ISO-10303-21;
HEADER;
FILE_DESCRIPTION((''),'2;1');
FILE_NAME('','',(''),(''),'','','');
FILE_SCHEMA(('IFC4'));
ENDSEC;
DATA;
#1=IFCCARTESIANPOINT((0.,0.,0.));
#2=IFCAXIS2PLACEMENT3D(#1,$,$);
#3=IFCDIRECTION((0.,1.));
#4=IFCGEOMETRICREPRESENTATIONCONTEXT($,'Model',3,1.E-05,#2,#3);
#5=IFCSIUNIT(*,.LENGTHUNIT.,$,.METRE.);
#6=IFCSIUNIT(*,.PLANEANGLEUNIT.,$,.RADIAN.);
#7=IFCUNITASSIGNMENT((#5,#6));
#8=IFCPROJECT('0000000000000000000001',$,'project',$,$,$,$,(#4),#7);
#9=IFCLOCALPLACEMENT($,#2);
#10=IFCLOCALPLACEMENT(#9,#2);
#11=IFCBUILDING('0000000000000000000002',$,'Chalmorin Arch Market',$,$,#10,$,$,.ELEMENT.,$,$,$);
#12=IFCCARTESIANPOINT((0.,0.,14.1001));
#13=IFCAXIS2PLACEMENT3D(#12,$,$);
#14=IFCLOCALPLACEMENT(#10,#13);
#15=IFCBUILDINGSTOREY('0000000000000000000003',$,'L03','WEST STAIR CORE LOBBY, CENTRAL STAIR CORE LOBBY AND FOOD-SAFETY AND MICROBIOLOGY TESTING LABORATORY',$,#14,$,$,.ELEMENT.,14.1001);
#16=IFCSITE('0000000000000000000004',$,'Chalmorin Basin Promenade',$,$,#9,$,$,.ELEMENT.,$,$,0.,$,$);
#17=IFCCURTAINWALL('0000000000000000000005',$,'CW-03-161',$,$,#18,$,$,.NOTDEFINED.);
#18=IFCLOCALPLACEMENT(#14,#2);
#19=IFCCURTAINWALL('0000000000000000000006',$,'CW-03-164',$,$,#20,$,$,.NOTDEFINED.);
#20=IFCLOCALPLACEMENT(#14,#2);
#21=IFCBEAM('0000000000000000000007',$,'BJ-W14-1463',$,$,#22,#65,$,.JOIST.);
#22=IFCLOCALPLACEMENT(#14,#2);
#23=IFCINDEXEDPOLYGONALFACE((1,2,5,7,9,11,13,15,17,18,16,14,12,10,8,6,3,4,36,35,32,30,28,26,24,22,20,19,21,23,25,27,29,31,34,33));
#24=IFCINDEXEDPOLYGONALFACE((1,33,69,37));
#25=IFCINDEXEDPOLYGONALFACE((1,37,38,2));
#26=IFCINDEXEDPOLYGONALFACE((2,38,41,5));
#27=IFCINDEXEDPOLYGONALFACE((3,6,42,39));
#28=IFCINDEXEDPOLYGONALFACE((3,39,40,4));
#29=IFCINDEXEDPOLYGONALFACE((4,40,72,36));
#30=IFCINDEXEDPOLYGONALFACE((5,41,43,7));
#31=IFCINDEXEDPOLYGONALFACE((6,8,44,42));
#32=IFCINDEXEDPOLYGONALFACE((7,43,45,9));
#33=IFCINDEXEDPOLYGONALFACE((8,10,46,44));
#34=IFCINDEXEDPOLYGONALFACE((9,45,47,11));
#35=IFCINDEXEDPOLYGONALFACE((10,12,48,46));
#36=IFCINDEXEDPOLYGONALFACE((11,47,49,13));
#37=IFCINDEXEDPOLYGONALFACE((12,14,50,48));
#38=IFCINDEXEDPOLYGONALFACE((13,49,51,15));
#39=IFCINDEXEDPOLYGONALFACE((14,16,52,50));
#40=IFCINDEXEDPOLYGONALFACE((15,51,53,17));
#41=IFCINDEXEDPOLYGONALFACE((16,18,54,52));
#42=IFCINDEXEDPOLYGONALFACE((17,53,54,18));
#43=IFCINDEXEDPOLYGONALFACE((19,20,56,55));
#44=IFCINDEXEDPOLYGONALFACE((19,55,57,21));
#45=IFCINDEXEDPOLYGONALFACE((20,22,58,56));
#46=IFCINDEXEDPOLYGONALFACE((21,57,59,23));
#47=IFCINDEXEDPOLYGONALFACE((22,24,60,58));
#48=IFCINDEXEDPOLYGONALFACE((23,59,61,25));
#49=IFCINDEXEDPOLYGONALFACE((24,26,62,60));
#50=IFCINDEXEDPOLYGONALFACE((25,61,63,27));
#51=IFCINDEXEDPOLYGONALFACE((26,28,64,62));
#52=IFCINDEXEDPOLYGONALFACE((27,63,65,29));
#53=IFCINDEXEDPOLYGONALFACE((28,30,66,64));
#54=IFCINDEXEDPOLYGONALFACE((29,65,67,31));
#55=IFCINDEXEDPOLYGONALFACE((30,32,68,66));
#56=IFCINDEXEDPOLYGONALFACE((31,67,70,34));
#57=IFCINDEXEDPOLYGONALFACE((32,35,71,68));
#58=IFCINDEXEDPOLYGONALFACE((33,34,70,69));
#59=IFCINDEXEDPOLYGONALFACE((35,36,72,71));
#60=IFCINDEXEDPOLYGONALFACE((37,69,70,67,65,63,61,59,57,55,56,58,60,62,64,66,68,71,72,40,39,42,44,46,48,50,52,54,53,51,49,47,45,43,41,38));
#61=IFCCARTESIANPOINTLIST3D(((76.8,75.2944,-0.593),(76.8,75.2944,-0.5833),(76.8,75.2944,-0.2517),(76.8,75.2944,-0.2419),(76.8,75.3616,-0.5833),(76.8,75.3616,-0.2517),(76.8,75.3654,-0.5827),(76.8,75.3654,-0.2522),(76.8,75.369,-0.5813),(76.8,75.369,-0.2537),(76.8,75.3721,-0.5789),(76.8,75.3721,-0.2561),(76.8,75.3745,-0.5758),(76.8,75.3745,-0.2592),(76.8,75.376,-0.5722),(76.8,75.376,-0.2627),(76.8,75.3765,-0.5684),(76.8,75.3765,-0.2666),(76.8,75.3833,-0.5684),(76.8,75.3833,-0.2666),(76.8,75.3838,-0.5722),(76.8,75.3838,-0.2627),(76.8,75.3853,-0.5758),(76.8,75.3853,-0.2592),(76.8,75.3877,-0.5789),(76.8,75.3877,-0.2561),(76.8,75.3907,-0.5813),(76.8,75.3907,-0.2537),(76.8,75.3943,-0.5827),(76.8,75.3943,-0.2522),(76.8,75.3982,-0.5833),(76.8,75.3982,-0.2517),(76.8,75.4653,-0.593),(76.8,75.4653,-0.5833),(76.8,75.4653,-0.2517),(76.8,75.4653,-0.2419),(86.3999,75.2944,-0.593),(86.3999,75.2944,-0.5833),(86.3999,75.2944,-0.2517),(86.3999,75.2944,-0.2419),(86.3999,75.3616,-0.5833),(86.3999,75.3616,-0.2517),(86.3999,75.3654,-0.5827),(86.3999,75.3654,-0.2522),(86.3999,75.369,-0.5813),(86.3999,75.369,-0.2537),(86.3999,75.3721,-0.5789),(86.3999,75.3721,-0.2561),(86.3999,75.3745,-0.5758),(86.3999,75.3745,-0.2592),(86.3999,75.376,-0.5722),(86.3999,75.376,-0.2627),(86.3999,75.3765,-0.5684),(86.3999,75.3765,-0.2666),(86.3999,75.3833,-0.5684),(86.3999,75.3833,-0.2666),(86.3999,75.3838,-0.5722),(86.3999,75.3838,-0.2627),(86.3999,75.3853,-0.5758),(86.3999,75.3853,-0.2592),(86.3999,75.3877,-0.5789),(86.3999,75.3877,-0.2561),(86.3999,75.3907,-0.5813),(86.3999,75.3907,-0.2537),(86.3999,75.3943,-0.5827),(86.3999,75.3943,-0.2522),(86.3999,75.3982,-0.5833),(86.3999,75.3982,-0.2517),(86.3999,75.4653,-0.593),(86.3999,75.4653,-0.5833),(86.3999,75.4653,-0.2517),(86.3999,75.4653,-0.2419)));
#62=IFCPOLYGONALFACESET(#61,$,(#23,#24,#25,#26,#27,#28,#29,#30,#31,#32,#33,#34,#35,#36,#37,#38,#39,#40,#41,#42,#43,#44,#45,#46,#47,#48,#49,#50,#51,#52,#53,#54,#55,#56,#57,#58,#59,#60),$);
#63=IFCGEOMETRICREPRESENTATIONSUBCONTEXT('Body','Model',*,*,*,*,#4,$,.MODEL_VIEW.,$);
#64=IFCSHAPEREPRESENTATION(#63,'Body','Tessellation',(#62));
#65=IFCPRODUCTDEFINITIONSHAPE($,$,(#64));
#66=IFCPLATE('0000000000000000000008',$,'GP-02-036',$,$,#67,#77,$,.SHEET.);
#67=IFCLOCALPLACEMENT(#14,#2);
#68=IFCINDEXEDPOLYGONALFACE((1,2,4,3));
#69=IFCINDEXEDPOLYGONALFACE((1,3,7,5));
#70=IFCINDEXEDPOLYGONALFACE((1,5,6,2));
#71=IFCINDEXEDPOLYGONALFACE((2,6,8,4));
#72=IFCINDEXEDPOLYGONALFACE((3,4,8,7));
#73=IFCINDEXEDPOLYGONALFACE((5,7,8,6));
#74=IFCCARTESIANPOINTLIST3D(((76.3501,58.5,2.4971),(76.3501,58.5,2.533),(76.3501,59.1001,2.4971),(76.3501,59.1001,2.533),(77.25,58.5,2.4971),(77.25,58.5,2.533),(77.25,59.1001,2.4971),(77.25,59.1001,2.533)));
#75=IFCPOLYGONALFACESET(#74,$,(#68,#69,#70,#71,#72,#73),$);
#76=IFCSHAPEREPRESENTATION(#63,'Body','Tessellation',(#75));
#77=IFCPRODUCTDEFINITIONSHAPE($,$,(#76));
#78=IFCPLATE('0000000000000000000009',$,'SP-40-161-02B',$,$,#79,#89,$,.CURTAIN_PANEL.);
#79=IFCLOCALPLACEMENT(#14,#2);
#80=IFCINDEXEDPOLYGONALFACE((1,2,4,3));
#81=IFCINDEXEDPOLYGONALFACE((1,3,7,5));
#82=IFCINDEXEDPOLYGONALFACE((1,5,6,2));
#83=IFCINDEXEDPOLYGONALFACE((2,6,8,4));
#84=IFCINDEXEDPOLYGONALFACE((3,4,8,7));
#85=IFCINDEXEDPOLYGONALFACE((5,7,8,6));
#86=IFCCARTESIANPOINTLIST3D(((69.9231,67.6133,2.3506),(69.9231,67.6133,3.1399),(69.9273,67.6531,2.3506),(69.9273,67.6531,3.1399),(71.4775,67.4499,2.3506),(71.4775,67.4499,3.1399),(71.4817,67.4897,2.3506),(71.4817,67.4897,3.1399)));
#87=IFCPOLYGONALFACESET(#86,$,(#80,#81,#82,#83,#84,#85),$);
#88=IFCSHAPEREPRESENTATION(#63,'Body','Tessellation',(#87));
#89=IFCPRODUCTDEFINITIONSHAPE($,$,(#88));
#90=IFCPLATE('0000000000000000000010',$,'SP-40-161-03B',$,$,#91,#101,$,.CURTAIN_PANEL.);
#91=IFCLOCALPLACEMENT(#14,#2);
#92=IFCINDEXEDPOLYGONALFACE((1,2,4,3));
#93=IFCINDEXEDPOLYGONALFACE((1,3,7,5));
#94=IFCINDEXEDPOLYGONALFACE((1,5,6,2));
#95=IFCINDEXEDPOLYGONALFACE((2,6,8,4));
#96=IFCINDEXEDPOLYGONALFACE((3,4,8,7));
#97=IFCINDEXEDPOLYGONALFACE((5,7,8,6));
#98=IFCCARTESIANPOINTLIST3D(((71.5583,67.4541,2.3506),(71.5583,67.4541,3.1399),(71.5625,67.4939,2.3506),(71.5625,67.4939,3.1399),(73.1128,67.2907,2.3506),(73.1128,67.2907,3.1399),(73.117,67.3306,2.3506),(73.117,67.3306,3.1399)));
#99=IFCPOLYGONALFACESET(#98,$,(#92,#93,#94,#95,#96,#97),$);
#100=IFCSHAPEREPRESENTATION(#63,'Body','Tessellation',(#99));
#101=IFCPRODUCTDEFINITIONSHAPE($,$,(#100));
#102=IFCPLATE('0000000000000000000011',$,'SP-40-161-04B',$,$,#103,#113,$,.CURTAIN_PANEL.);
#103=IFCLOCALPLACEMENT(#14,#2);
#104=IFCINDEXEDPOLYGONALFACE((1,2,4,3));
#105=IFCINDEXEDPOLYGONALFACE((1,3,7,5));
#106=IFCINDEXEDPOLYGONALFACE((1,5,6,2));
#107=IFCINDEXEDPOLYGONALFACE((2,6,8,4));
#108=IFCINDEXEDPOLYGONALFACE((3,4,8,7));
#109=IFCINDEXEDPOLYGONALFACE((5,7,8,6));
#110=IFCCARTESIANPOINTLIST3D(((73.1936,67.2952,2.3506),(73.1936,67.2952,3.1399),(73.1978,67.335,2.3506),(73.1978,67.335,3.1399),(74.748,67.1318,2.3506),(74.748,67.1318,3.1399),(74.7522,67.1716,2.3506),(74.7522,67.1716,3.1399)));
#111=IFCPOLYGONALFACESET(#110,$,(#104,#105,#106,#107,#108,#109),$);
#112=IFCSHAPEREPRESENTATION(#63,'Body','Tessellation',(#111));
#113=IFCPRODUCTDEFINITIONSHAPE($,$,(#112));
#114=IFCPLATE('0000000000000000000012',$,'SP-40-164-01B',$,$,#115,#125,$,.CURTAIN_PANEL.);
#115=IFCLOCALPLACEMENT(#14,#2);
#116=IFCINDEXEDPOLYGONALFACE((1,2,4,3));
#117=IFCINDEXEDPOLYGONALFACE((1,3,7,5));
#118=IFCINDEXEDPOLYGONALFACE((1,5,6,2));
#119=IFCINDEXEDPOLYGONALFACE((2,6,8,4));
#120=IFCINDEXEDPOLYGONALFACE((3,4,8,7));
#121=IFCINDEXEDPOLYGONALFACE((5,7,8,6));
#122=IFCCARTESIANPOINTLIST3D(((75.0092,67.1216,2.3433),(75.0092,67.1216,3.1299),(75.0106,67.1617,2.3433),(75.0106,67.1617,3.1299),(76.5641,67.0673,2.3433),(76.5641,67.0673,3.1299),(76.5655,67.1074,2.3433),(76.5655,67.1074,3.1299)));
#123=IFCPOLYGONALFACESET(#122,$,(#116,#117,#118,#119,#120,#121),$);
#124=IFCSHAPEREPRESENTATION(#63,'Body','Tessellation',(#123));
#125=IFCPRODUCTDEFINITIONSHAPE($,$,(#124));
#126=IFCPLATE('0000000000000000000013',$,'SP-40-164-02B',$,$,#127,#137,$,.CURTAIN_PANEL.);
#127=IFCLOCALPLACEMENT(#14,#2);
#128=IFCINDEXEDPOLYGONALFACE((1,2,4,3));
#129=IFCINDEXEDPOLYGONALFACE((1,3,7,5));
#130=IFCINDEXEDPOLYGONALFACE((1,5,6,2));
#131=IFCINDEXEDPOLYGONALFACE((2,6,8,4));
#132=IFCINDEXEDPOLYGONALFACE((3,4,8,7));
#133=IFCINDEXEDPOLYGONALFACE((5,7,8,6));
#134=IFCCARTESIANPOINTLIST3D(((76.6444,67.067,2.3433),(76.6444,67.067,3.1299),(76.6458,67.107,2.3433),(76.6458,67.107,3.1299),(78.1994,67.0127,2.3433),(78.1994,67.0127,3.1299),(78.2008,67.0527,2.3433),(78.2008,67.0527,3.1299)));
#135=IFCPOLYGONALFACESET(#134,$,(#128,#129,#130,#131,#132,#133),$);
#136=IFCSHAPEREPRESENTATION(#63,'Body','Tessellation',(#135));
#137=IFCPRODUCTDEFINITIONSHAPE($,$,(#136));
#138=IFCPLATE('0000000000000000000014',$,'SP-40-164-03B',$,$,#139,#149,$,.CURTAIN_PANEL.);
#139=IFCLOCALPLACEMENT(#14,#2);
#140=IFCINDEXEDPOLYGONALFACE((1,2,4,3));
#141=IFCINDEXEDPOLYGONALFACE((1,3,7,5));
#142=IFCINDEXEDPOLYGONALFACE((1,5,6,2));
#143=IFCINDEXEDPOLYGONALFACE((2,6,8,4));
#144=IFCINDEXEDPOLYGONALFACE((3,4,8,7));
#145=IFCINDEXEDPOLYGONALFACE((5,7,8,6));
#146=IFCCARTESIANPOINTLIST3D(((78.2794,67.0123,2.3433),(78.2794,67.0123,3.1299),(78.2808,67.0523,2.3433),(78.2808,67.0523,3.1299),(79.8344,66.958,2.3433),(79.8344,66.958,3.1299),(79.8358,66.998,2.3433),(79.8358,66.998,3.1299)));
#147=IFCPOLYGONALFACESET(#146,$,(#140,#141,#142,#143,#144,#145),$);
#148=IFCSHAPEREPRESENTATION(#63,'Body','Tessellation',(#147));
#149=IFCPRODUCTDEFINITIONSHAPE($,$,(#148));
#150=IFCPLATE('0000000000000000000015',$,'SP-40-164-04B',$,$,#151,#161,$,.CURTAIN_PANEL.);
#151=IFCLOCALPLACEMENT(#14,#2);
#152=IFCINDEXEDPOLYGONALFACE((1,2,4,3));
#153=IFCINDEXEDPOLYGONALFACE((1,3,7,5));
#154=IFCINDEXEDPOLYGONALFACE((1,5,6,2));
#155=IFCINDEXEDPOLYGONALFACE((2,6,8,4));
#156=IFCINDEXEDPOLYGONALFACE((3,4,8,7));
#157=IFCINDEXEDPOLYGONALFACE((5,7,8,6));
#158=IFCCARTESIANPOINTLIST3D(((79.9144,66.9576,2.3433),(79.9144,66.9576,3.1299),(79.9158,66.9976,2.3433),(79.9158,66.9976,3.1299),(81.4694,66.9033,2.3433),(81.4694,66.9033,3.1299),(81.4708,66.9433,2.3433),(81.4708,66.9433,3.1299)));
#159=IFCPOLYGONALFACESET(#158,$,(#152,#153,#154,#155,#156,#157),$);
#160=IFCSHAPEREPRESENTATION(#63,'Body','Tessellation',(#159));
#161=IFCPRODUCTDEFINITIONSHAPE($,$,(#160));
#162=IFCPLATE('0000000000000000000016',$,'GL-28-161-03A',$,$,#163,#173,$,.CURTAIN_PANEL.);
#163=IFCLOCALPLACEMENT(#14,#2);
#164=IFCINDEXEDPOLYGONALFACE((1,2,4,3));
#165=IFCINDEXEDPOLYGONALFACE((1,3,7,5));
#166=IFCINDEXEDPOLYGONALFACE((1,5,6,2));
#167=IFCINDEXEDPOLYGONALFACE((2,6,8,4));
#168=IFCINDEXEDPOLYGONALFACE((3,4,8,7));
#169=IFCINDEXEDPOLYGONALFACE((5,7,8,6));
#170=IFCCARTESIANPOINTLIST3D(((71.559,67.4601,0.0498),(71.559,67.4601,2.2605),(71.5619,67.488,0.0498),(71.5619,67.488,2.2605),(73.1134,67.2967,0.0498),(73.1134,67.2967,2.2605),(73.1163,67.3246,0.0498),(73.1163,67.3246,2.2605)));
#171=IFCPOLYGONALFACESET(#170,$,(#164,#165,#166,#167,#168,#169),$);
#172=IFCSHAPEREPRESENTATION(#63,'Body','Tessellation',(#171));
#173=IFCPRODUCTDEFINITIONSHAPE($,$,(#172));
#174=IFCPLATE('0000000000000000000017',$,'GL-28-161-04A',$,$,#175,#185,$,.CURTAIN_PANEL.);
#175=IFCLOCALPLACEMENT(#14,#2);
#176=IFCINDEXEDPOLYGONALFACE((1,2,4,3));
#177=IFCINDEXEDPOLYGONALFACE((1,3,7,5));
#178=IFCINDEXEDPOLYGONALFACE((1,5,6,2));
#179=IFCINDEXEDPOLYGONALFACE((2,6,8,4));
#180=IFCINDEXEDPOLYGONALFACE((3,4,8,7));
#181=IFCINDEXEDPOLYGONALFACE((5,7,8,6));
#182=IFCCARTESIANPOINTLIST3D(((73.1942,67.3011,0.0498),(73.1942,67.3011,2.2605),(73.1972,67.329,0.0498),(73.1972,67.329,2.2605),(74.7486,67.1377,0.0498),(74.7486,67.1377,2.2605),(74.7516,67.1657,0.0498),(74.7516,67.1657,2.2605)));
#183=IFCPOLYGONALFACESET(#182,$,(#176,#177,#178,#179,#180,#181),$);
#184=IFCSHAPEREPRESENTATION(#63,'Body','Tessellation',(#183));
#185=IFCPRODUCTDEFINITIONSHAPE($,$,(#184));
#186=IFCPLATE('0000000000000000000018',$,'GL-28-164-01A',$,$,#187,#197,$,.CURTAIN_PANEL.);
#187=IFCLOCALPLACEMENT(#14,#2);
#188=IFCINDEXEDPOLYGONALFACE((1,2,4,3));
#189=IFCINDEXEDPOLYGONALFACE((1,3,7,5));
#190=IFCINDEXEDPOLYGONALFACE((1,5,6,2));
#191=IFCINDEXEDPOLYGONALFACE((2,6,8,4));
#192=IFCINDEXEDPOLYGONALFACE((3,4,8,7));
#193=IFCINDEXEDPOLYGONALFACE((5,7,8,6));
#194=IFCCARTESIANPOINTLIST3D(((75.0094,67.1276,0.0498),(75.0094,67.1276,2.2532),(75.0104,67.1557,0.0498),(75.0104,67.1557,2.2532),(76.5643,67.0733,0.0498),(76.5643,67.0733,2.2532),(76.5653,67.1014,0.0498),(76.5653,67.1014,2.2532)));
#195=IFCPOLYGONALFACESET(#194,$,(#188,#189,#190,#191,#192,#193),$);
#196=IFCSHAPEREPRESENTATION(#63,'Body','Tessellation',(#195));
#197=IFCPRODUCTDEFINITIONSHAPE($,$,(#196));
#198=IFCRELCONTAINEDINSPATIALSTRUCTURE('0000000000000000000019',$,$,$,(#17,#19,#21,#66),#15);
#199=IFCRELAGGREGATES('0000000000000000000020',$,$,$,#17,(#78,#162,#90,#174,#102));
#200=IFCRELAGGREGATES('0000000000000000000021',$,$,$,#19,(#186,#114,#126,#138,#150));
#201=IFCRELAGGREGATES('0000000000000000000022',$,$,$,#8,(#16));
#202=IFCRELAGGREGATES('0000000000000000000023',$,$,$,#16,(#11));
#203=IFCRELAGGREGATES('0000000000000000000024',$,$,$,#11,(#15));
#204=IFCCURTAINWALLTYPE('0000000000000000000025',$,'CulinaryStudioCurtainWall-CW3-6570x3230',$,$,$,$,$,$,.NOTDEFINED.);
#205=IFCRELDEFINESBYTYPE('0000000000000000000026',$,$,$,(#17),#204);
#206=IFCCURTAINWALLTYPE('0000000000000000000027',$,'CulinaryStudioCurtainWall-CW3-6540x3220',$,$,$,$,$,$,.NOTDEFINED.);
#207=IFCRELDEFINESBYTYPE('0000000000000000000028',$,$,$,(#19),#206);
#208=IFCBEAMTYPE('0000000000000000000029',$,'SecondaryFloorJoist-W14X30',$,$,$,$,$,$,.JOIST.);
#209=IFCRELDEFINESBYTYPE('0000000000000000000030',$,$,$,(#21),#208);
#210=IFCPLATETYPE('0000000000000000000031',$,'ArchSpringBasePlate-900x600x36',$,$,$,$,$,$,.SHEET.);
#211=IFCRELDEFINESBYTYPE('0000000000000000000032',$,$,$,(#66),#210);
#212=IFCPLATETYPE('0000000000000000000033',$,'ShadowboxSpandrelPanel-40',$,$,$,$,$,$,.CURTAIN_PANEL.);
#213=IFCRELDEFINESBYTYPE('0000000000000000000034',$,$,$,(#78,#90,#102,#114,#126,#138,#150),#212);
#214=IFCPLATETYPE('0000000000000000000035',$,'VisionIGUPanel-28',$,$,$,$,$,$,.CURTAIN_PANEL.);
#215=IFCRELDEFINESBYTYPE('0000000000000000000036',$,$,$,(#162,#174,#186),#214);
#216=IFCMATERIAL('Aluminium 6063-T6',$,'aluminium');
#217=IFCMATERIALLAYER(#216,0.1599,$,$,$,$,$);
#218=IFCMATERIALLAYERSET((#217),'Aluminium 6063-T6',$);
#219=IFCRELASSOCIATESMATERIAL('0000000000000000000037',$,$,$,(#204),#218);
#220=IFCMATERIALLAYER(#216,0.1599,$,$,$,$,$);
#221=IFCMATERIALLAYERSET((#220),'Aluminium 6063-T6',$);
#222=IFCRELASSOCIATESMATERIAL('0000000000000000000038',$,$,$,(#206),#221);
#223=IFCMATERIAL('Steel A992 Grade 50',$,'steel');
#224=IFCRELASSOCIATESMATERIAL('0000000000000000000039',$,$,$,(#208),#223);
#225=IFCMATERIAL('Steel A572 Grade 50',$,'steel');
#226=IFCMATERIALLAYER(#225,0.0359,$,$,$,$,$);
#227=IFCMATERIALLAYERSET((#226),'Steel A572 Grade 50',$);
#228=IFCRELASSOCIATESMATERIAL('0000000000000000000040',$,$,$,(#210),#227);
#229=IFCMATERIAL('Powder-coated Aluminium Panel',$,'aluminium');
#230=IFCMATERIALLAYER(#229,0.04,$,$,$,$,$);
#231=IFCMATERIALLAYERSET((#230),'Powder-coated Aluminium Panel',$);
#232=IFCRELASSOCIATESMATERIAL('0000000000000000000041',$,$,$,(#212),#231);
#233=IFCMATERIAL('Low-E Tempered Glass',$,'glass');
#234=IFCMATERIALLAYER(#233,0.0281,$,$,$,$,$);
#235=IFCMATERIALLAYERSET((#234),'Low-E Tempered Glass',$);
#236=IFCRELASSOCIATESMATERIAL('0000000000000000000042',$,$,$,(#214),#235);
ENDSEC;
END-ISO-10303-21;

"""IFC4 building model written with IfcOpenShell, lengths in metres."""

from ifc_helpers import new_model, si_unit, direction, frame, origin, origin_2d, place, context, subcontext, project, spatial, rectangle, i_section, extrude, material, layer, layer_set, material_profile, profile_set, type_object, element, aggregate, save


model = new_model("IFC4")

# Units and contexts
model_context = context("Model", 3, precision=1e-05, world=origin(), true_north=direction((0.0, 1.0)))
body_context = subcontext(model_context, "Body", "Model", "MODEL_VIEW")
ifc_project = project(units=[si_unit("LENGTHUNIT", "METRE"), si_unit("PLANEANGLEUNIT", "RADIAN")], contexts=[model_context])

# Site, building, storey
site_placement = place(None, origin())
site = spatial("IfcSite", under=ifc_project, at=site_placement, Name="Chalmorin Basin Promenade", CompositionType="ELEMENT", RefElevation=0.0)
building_placement = place(site_placement, origin())
building = spatial("IfcBuilding", under=site, at=building_placement, Name="Chalmorin Arch Market", CompositionType="ELEMENT")
storey_placement = place(building_placement, frame((0.0, 0.0, 14.1001)))
storey = spatial("IfcBuildingStorey", under=building, at=storey_placement, Name="L03", Description="WEST STAIR CORE LOBBY, CENTRAL STAIR CORE LOBBY AND FOOD-SAFETY AND MICROBIOLOGY TESTING LABORATORY", CompositionType="ELEMENT", Elevation=14.1001)

# Curtain walls
ifc_material_1 = material(Name="Aluminium 6063-T6", Category="aluminium")
ifc_layer_1 = layer(ifc_material_1, 0.1599)
ifc_layer_set_1 = layer_set([ifc_layer_1], Name="Aluminium 6063-T6")
curtain_wall_type_1 = type_object("IfcCurtainWallType", Name="CulinaryStudioCurtainWall-CW3-6570x3230", PredefinedType="NOTDEFINED", material=ifc_layer_set_1)
curtain_wall_1_placement = place(storey_placement, origin())
curtain_wall_1 = element("IfcCurtainWall", 1, at=curtain_wall_1_placement, inside=storey, type_object=curtain_wall_type_1, Name="CW-03-161", PredefinedType="NOTDEFINED")
ifc_layer_2 = layer(ifc_material_1, 0.1599)
ifc_layer_set_2 = layer_set([ifc_layer_2], Name="Aluminium 6063-T6")
curtain_wall_type_2 = type_object("IfcCurtainWallType", Name="CulinaryStudioCurtainWall-CW3-6540x3220", PredefinedType="NOTDEFINED", material=ifc_layer_set_2)
curtain_wall_2_placement = place(storey_placement, origin())
curtain_wall_2 = element("IfcCurtainWall", 2, at=curtain_wall_2_placement, inside=storey, type_object=curtain_wall_type_2, Name="CW-03-164", PredefinedType="NOTDEFINED")

# Shared definitions
ifc_material_2 = material(Name="Steel A992 Grade 50", Category="steel")

# Beam
ifc_material_profile_1 = material_profile(ifc_material_2, i_section(OverallWidth=0.1709, OverallDepth=0.3511, WebThickness=0.0068, FlangeThickness=0.0098, FilletRadius=0.0149, at=origin_2d()), Name="W14X30")
ifc_profile_set_1 = profile_set([ifc_material_profile_1], Name="Steel A992 Grade 50")
beam_type_1 = type_object("IfcBeamType", Name="SecondaryFloorJoist-W14X30", PredefinedType="JOIST", material=ifc_profile_set_1)
beam_1_placement = place(storey_placement, frame((76.8, 75.3799, -0.4175), z_axis=(1.0, 0.0, 0.0), x_axis=(0.0, 1.0, 0.0)))
element("IfcBeam", 3, at=beam_1_placement, inside=storey, type_object=beam_type_1, Name="BJ-W14-1463", PredefinedType="JOIST", context=body_context, shape_type="SweptSolid", body=[
    extrude(i_section(OverallWidth=0.1709, OverallDepth=0.3511, WebThickness=0.0068, FlangeThickness=0.0098, FilletRadius=0.0149, at=origin_2d()), origin(), (0.0, 0.0, 1.0), 9.5999),
])

# Plates
ifc_material_3 = material(Name="Steel A572 Grade 50", Category="steel")
ifc_layer_3 = layer(ifc_material_3, 0.0359)
ifc_layer_set_3 = layer_set([ifc_layer_3], Name="Steel A572 Grade 50")
plate_type_1 = type_object("IfcPlateType", Name="ArchSpringBasePlate-900x600x36", PredefinedType="SHEET", material=ifc_layer_set_3)
plate_1_placement = place(storey_placement, frame((76.8, 58.8, 2.4971), z_axis=(0.0, 0.0, 1.0), x_axis=(1.0, 0.0, 0.0)))
element("IfcPlate", 4, at=plate_1_placement, inside=storey, type_object=plate_type_1, Name="GP-02-036", PredefinedType="SHEET", context=body_context, shape_type="SweptSolid", body=[
    extrude(rectangle(XDim=0.8999, YDim=0.6001, at=origin_2d()), origin(), (0.0, 0.0, 1.0), 0.0359),
])
ifc_material_4 = material(Name="Powder-coated Aluminium Panel", Category="aluminium")
ifc_layer_4 = layer(ifc_material_4, 0.04)
ifc_layer_set_4 = layer_set([ifc_layer_4], Name="Powder-coated Aluminium Panel")
plate_type_2 = type_object("IfcPlateType", Name="ShadowboxSpandrelPanel-40", PredefinedType="CURTAIN_PANEL", material=ifc_layer_set_4)
plate_2_placement = place(storey_placement, frame((70.7024, 67.5515, 2.3506), z_axis=(0.0, 0.0, 1.0), x_axis=(0.994522, -0.104528, 0.0)))
plate_2 = element("IfcPlate", 5, at=plate_2_placement, type_object=plate_type_2, Name="SP-40-161-02B", PredefinedType="CURTAIN_PANEL", context=body_context, shape_type="SweptSolid", body=[
    extrude(rectangle(XDim=1.563, YDim=0.04, at=origin_2d()), origin(), (0.0, 0.0, 1.0), 0.7893),
])
plate_3_placement = place(storey_placement, frame((72.3376, 67.3923, 2.3506), z_axis=(0.0, 0.0, 1.0), x_axis=(0.994522, -0.104528, 0.0)))
plate_3 = element("IfcPlate", 6, at=plate_3_placement, type_object=plate_type_2, Name="SP-40-161-03B", PredefinedType="CURTAIN_PANEL", context=body_context, shape_type="SweptSolid", body=[
    extrude(rectangle(XDim=1.563, YDim=0.04, at=origin_2d()), origin(), (0.0, 0.0, 1.0), 0.7893),
])
plate_4_placement = place(storey_placement, frame((73.9729, 67.2334, 2.3506), z_axis=(0.0, 0.0, 1.0), x_axis=(0.994522, -0.104528, 0.0)))
plate_4 = element("IfcPlate", 7, at=plate_4_placement, type_object=plate_type_2, Name="SP-40-161-04B", PredefinedType="CURTAIN_PANEL", context=body_context, shape_type="SweptSolid", body=[
    extrude(rectangle(XDim=1.563, YDim=0.04, at=origin_2d()), origin(), (0.0, 0.0, 1.0), 0.7893),
])
plate_5_placement = place(storey_placement, frame((75.7874, 67.1145, 2.3433), z_axis=(0.0, 0.0, 1.0), x_axis=(0.999391, -0.034899, 0.0)))
plate_5 = element("IfcPlate", 8, at=plate_5_placement, type_object=plate_type_2, Name="SP-40-164-01B", PredefinedType="CURTAIN_PANEL", context=body_context, shape_type="SweptSolid", body=[
    extrude(rectangle(XDim=1.5559, YDim=0.04, at=origin_2d()), origin(), (0.0, 0.0, 1.0), 0.7866),
])
plate_6_placement = place(storey_placement, frame((77.4226, 67.0598, 2.3433), z_axis=(0.0, 0.0, 1.0), x_axis=(0.999391, -0.034899, 0.0)))
plate_6 = element("IfcPlate", 9, at=plate_6_placement, type_object=plate_type_2, Name="SP-40-164-02B", PredefinedType="CURTAIN_PANEL", context=body_context, shape_type="SweptSolid", body=[
    extrude(rectangle(XDim=1.5559, YDim=0.04, at=origin_2d()), origin(), (0.0, 0.0, 1.0), 0.7866),
])
plate_7_placement = place(storey_placement, frame((79.0576, 67.0051, 2.3433), z_axis=(0.0, 0.0, 1.0), x_axis=(0.999391, -0.034899, 0.0)))
plate_7 = element("IfcPlate", 10, at=plate_7_placement, type_object=plate_type_2, Name="SP-40-164-03B", PredefinedType="CURTAIN_PANEL", context=body_context, shape_type="SweptSolid", body=[
    extrude(rectangle(XDim=1.5559, YDim=0.04, at=origin_2d()), origin(), (0.0, 0.0, 1.0), 0.7866),
])
plate_8_placement = place(storey_placement, frame((80.6926, 66.9504, 2.3433), z_axis=(0.0, 0.0, 1.0), x_axis=(0.999391, -0.034899, 0.0)))
plate_8 = element("IfcPlate", 11, at=plate_8_placement, type_object=plate_type_2, Name="SP-40-164-04B", PredefinedType="CURTAIN_PANEL", context=body_context, shape_type="SweptSolid", body=[
    extrude(rectangle(XDim=1.5559, YDim=0.04, at=origin_2d()), origin(), (0.0, 0.0, 1.0), 0.7866),
])
ifc_material_5 = material(Name="Low-E Tempered Glass", Category="glass")
ifc_layer_5 = layer(ifc_material_5, 0.0281)
ifc_layer_set_5 = layer_set([ifc_layer_5], Name="Low-E Tempered Glass")
plate_type_3 = type_object("IfcPlateType", Name="VisionIGUPanel-28", PredefinedType="CURTAIN_PANEL", material=ifc_layer_set_5)
plate_9_placement = place(storey_placement, frame((72.3376, 67.3923, 0.0498), z_axis=(0.0, 0.0, 1.0), x_axis=(0.994522, -0.104528, 0.0)))
plate_9 = element("IfcPlate", 12, at=plate_9_placement, type_object=plate_type_3, Name="GL-28-161-03A", PredefinedType="CURTAIN_PANEL", context=body_context, shape_type="SweptSolid", body=[
    extrude(rectangle(XDim=1.563, YDim=0.0281, at=origin_2d()), origin(), (0.0, 0.0, 1.0), 2.2107),
])
plate_10_placement = place(storey_placement, frame((73.9729, 67.2334, 0.0498), z_axis=(0.0, 0.0, 1.0), x_axis=(0.994522, -0.104528, 0.0)))
plate_10 = element("IfcPlate", 13, at=plate_10_placement, type_object=plate_type_3, Name="GL-28-161-04A", PredefinedType="CURTAIN_PANEL", context=body_context, shape_type="SweptSolid", body=[
    extrude(rectangle(XDim=1.563, YDim=0.0281, at=origin_2d()), origin(), (0.0, 0.0, 1.0), 2.2107),
])
aggregate(curtain_wall_1, [plate_2, plate_9, plate_3, plate_10, plate_4])
plate_11_placement = place(storey_placement, frame((75.7874, 67.1145, 0.0498), z_axis=(0.0, 0.0, 1.0), x_axis=(0.999391, -0.034899, 0.0)))
plate_11 = element("IfcPlate", 14, at=plate_11_placement, type_object=plate_type_3, Name="GL-28-164-01A", PredefinedType="CURTAIN_PANEL", context=body_context, shape_type="SweptSolid", body=[
    extrude(rectangle(XDim=1.5559, YDim=0.0281, at=origin_2d()), origin(), (0.0, 0.0, 1.0), 2.2034),
])
aggregate(curtain_wall_2, [plate_11, plate_5, plate_6, plate_7, plate_8])

save(model, "model.ifc")
